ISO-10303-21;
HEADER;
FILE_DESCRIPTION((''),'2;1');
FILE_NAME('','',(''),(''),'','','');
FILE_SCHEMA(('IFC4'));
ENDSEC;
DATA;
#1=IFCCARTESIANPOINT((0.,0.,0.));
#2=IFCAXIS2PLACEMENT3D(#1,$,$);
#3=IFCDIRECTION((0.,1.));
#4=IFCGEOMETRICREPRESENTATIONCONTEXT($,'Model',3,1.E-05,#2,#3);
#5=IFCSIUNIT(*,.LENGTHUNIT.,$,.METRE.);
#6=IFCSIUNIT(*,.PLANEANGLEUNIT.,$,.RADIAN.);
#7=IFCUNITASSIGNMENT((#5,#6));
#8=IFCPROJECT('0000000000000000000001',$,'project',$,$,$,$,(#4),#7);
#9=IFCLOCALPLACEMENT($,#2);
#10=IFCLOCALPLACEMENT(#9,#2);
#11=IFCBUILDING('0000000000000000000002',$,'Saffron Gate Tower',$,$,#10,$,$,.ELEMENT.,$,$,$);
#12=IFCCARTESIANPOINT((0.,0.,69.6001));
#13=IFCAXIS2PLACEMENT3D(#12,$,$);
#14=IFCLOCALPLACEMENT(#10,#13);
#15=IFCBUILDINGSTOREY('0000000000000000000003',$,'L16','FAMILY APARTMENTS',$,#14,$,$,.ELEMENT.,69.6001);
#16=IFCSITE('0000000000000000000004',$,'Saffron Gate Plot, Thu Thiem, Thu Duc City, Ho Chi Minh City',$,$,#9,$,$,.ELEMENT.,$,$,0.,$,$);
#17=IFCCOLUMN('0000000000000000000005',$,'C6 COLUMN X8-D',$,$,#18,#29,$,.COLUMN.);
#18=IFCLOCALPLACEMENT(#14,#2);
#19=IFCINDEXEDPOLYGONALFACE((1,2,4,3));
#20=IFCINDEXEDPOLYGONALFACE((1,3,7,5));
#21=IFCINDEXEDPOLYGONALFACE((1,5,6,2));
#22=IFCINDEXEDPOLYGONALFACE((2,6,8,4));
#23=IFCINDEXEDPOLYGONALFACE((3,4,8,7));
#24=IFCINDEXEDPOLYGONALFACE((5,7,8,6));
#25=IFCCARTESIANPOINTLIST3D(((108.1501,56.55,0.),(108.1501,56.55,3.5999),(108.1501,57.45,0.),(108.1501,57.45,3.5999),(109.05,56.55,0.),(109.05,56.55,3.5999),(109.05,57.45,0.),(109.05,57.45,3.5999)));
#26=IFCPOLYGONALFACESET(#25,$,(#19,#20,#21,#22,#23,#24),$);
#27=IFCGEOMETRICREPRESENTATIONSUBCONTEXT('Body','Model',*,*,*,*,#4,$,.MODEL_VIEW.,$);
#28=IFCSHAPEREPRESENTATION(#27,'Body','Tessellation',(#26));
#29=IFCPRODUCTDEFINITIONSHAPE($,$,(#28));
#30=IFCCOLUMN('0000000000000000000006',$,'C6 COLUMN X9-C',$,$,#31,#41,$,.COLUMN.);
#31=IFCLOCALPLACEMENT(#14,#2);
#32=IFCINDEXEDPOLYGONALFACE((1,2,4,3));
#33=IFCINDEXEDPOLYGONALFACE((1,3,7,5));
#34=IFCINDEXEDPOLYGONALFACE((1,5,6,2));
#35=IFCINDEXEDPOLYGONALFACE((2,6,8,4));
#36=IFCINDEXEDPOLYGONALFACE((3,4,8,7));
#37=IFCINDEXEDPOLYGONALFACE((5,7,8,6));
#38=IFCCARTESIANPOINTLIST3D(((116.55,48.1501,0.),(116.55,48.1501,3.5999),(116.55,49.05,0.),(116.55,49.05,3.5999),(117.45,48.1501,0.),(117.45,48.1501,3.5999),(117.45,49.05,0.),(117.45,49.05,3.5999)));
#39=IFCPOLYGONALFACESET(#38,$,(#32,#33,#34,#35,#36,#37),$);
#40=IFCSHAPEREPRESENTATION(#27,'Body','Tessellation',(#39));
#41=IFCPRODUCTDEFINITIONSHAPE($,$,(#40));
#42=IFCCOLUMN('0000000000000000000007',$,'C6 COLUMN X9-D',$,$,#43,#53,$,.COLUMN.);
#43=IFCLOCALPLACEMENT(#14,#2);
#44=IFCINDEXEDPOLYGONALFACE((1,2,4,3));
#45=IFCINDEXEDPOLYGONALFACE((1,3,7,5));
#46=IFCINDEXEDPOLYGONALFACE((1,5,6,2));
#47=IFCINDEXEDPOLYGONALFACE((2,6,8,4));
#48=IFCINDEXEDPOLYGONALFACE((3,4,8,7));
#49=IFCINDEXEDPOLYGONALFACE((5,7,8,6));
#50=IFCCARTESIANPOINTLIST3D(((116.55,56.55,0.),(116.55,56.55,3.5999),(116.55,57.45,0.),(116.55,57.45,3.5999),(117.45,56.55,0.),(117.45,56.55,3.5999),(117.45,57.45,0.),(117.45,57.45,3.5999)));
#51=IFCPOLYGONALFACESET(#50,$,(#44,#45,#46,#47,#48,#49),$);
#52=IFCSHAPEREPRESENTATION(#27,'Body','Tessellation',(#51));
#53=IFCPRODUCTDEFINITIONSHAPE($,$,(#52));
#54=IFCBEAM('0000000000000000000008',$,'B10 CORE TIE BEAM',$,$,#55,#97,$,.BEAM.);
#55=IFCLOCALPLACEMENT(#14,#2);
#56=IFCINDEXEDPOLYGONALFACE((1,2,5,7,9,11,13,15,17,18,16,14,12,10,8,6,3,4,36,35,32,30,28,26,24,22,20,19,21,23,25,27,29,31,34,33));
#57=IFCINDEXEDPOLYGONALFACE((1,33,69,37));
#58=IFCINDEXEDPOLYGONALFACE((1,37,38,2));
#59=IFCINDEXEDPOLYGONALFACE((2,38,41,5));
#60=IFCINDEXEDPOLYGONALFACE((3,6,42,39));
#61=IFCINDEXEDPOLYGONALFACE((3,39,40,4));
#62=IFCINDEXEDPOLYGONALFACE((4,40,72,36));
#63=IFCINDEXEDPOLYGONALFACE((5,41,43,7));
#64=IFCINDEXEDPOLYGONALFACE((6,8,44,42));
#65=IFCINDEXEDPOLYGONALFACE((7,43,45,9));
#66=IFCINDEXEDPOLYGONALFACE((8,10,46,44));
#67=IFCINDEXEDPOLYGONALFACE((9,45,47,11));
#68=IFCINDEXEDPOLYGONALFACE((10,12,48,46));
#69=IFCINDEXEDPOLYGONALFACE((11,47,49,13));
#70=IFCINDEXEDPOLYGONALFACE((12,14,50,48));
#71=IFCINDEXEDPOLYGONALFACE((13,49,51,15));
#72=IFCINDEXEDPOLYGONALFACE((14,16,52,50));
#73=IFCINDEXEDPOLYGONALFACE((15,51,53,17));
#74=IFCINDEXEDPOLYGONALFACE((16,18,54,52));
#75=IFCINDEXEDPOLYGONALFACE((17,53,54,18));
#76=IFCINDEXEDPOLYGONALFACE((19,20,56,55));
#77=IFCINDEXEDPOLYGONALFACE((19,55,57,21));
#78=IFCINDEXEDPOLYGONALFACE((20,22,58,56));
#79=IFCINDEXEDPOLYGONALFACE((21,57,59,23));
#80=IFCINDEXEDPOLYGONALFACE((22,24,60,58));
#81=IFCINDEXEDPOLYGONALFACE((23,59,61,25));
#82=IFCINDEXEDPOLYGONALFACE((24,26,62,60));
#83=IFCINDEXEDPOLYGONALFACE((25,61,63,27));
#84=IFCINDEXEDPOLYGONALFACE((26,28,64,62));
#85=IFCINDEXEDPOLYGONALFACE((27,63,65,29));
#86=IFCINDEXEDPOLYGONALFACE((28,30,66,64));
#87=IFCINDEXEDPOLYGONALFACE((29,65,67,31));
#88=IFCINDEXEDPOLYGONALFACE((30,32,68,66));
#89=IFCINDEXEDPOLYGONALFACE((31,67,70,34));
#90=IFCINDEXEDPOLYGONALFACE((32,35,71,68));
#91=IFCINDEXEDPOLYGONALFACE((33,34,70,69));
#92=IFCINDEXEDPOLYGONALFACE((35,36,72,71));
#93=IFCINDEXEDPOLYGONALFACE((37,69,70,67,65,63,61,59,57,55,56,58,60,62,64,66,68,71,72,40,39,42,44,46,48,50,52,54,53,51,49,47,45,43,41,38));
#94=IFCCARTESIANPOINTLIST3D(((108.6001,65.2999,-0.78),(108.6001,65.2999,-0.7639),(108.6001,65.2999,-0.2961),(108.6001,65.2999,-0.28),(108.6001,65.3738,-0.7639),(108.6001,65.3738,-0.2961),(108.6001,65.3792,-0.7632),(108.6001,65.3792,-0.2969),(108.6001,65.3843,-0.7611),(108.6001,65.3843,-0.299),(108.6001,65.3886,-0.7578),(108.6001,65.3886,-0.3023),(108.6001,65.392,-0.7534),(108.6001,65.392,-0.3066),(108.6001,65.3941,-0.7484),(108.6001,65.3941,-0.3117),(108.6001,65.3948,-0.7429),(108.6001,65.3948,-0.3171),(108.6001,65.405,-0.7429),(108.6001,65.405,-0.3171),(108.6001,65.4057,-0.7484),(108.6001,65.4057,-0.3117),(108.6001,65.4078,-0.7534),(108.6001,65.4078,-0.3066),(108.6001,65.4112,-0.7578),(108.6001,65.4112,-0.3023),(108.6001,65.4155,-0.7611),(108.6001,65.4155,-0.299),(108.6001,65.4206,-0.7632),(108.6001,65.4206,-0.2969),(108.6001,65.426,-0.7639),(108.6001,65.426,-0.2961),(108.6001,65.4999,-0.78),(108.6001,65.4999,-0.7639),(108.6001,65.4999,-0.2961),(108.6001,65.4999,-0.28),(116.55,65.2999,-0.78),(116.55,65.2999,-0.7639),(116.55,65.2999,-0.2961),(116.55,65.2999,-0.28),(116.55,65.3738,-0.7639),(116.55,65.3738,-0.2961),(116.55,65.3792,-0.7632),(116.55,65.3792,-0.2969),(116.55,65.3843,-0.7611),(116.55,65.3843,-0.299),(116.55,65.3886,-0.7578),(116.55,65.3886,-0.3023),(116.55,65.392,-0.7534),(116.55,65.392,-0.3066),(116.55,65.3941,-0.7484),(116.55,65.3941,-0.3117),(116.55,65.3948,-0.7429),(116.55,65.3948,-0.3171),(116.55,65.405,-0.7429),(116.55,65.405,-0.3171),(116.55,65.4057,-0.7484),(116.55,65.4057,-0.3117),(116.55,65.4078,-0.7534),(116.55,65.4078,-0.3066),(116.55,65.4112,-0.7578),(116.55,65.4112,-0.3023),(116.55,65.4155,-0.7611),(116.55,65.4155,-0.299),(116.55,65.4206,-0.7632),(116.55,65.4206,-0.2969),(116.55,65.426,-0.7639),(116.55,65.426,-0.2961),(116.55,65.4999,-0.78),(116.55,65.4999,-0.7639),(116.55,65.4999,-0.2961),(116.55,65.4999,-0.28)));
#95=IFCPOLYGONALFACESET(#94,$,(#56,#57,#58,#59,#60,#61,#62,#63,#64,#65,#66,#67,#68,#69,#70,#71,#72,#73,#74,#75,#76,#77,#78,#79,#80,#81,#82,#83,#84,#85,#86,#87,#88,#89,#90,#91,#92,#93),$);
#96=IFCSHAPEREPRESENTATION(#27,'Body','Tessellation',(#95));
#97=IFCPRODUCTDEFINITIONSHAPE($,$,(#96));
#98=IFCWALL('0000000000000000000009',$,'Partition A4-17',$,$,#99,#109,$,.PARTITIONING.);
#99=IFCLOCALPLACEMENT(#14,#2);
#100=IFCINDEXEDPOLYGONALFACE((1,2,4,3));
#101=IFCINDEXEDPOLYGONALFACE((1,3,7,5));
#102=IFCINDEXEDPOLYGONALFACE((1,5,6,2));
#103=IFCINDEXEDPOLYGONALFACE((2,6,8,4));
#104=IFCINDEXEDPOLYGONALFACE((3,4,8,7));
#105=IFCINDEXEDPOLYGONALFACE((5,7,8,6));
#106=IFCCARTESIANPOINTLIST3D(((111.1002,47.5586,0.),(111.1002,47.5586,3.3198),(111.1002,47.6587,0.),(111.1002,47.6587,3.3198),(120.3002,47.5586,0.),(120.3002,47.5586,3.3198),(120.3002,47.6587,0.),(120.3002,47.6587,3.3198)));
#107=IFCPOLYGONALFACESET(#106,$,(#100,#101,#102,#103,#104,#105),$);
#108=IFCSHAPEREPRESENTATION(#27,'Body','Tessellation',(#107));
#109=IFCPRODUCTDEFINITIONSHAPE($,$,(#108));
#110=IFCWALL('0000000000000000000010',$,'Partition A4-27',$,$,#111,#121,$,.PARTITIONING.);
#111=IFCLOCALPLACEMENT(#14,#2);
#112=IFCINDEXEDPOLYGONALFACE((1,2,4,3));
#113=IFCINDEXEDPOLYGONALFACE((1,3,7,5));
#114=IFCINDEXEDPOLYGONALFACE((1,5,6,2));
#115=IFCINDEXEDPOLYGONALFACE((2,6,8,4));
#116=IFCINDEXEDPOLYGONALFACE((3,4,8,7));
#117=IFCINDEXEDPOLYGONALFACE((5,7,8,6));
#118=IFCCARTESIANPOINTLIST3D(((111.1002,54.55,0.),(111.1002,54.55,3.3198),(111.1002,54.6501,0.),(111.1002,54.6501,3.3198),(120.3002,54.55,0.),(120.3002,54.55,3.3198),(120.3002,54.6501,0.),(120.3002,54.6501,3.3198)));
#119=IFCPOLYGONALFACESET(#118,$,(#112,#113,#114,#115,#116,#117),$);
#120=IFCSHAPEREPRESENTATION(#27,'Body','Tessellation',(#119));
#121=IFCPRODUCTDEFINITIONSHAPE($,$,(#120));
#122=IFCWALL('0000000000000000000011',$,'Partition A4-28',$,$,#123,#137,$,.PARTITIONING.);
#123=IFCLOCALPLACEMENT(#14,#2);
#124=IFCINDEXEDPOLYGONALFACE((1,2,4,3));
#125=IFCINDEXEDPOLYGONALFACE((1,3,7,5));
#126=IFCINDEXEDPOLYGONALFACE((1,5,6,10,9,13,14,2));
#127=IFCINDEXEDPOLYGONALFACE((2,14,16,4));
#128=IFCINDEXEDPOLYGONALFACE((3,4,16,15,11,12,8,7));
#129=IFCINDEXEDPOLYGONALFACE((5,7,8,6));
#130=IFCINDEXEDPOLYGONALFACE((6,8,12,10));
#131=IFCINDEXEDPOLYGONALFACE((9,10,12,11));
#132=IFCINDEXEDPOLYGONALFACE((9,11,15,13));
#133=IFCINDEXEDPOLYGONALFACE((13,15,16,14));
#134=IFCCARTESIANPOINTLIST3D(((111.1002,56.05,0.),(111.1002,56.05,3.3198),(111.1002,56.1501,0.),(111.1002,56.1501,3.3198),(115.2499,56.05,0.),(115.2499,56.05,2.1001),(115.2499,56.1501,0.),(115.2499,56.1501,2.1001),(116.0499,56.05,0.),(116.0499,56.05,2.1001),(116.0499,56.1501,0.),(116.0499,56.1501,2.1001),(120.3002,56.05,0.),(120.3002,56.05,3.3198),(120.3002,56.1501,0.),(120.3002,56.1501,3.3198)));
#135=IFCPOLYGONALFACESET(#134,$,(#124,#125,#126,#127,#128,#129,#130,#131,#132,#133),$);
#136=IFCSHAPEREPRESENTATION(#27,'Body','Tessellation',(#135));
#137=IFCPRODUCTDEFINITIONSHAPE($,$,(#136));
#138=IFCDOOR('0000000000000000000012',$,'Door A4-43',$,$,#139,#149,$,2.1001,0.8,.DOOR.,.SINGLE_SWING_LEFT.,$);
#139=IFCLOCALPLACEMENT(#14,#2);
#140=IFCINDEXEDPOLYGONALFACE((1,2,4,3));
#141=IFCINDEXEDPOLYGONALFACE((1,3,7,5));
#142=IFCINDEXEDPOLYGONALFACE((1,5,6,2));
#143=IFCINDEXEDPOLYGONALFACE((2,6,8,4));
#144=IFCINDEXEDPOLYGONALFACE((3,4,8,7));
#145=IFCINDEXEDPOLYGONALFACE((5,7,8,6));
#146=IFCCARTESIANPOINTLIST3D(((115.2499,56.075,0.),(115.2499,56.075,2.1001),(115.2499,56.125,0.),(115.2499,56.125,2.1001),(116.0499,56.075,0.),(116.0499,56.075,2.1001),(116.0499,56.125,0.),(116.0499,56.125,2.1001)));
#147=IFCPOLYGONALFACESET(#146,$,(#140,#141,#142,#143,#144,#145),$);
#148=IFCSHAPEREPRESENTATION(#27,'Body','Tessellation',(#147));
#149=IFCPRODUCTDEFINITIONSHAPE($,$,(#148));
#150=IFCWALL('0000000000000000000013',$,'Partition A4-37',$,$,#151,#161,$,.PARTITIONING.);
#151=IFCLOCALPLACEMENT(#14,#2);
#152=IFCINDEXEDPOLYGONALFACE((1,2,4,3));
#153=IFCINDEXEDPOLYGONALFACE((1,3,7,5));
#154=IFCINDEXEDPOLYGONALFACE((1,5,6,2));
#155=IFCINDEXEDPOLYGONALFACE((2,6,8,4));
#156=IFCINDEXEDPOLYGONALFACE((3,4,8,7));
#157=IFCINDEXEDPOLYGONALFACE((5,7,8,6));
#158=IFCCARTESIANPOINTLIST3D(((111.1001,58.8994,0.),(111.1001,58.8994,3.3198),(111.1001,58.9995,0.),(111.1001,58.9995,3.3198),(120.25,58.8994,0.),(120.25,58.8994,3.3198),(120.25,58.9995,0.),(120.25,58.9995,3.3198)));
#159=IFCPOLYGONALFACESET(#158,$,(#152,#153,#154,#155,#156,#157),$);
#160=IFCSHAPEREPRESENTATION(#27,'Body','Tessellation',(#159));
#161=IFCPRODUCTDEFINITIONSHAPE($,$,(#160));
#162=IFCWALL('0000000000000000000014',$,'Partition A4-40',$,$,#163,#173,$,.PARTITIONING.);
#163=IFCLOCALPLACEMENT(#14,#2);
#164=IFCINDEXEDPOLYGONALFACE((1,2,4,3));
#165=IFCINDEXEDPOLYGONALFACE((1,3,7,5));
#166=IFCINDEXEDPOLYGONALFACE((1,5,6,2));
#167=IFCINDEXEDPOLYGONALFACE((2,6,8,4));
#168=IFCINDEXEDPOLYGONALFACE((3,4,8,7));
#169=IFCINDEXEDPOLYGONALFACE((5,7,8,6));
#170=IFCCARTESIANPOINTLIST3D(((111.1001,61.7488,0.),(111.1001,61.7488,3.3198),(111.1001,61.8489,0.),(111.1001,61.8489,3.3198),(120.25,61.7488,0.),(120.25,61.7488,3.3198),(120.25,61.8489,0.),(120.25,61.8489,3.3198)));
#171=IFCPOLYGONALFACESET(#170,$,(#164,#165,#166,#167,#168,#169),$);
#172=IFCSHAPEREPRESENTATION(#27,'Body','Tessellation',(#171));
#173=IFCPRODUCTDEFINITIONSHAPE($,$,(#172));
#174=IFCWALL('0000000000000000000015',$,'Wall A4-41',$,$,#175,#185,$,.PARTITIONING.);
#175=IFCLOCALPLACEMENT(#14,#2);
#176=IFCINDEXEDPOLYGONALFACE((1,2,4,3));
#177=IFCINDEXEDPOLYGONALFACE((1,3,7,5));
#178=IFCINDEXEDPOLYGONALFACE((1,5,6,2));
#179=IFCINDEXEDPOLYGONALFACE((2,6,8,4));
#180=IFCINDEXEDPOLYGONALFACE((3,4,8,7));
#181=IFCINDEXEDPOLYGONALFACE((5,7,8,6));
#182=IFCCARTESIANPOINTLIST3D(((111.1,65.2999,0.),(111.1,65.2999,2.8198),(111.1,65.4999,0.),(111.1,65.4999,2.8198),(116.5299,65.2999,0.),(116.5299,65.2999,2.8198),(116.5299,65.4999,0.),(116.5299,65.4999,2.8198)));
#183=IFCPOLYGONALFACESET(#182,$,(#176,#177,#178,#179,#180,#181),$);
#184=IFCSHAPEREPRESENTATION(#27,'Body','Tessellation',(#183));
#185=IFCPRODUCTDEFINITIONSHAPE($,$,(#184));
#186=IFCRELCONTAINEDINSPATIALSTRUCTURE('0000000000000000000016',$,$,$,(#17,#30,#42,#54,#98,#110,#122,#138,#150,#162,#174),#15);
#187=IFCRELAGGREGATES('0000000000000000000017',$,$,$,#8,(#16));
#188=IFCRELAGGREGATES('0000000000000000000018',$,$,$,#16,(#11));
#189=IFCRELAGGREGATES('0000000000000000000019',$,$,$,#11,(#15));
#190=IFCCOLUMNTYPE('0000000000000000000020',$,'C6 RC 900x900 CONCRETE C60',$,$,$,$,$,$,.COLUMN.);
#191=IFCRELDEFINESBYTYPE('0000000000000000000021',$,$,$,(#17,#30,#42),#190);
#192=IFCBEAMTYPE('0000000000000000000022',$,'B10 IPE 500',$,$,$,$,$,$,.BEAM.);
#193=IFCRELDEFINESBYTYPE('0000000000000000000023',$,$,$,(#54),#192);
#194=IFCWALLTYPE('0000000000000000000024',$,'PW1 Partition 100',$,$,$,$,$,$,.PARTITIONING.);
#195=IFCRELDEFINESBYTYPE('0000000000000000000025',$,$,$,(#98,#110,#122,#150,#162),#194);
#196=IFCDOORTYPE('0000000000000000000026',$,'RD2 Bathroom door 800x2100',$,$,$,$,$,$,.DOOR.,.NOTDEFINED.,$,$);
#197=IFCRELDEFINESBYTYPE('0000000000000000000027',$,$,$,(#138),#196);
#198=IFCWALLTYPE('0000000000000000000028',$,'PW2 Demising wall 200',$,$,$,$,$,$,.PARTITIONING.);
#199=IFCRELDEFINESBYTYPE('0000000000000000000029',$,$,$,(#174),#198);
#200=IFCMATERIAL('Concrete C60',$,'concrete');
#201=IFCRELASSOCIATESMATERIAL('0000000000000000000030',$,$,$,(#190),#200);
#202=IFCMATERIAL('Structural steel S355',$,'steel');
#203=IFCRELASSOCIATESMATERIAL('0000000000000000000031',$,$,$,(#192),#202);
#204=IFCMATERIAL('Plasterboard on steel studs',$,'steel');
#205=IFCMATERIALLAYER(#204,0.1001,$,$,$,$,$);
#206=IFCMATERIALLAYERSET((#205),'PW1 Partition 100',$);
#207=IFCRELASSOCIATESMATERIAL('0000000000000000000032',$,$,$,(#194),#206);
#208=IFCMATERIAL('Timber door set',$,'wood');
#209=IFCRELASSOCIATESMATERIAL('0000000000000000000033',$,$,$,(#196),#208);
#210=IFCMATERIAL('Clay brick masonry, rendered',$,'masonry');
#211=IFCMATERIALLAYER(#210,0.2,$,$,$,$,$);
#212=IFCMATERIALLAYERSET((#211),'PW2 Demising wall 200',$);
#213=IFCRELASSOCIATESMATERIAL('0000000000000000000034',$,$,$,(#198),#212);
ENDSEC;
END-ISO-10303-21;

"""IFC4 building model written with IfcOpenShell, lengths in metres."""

from ifc_helpers import new_model, si_unit, direction, frame, frame_2d, origin, origin_2d, place, context, subcontext, project, spatial, rectangle, i_section, extrude, material, layer, layer_set, material_profile, profile_set, type_object, element, fill, save


model = new_model("IFC4")

# Units and contexts
model_context = context("Model", 3, precision=1e-05, world=origin(), true_north=direction((0.0, 1.0)))
body_context = subcontext(model_context, "Body", "Model", "MODEL_VIEW")
ifc_project = project(units=[si_unit("LENGTHUNIT", "METRE"), si_unit("PLANEANGLEUNIT", "RADIAN")], contexts=[model_context])

# Site, building, storey
site_placement = place(None, origin())
site = spatial("IfcSite", under=ifc_project, at=site_placement, Name="Saffron Gate Plot, Thu Thiem, Thu Duc City, Ho Chi Minh City", CompositionType="ELEMENT", RefElevation=0.0)
building_placement = place(site_placement, origin())
building = spatial("IfcBuilding", under=site, at=building_placement, Name="Saffron Gate Tower", CompositionType="ELEMENT")
storey_placement = place(building_placement, frame((0.0, 0.0, 69.6001)))
storey = spatial("IfcBuildingStorey", under=building, at=storey_placement, Name="L16", Description="FAMILY APARTMENTS", CompositionType="ELEMENT", Elevation=69.6001)

# Columns
ifc_material_1 = material(Name="Concrete C60", Category="concrete")
ifc_material_profile_1 = material_profile(ifc_material_1, rectangle(XDim=0.8999, YDim=0.8999, at=origin_2d()))
ifc_profile_set_1 = profile_set([ifc_material_profile_1], Name="Concrete C60")
column_type = type_object("IfcColumnType", Name="C6 RC 900x900 CONCRETE C60", PredefinedType="COLUMN", material=ifc_profile_set_1)
for number, where, z_axis, x_axis, name in (
    (1, (108.6001, 57.0, 0.0), (0.0, 0.0, 1.0), (1.0, 0.0, 0.0), "C6 COLUMN X8-D"),
    (2, (117.0, 48.6001, 0.0), (0.0, 0.0, 1.0), (1.0, 0.0, 0.0), "C6 COLUMN X9-C"),
    (3, (117.0, 57.0, 0.0), (0.0, 0.0, 1.0), (1.0, 0.0, 0.0), "C6 COLUMN X9-D"),
):
    element("IfcColumn", number, at=place(storey_placement, frame(where, z_axis=z_axis, x_axis=x_axis)), inside=storey, type_object=column_type, Name=name, PredefinedType="COLUMN", context=body_context, shape_type="SweptSolid", body=[
        extrude(rectangle(XDim=0.8999, YDim=0.8999, at=origin_2d()), origin(), (0.0, 0.0, 1.0), 3.5999),
    ])

# Beam
ifc_material_2 = material(Name="Structural steel S355", Category="steel")
ifc_material_profile_2 = material_profile(ifc_material_2, i_section(OverallWidth=0.2, OverallDepth=0.5, WebThickness=0.0103, FlangeThickness=0.0161, FilletRadius=0.021, at=origin_2d()))
ifc_profile_set_2 = profile_set([ifc_material_profile_2], Name="Structural steel S355")
beam_type = type_object("IfcBeamType", Name="B10 IPE 500", PredefinedType="BEAM", material=ifc_profile_set_2)
beam_placement = place(storey_placement, frame((116.55, 65.3999, -0.53), z_axis=(-1.0, 0.0, 0.0), x_axis=(0.0, -1.0, 0.0)))
element("IfcBeam", 4, at=beam_placement, inside=storey, type_object=beam_type, Name="B10 CORE TIE BEAM", PredefinedType="BEAM", context=body_context, shape_type="SweptSolid", body=[
    extrude(i_section(OverallWidth=0.2, OverallDepth=0.5, WebThickness=0.0103, FlangeThickness=0.0161, FilletRadius=0.021, at=origin_2d()), origin(), (0.0, 0.0, 1.0), 7.95),
])

# Walls
ifc_material_3 = material(Name="Plasterboard on steel studs", Category="steel")
ifc_layer_1 = layer(ifc_material_3, 0.1001)
ifc_layer_set_1 = layer_set([ifc_layer_1], Name="PW1 Partition 100")
wall_type_1 = type_object("IfcWallType", Name="PW1 Partition 100", PredefinedType="PARTITIONING", material=ifc_layer_set_1)
for number, where, z_axis, x_axis, name in (
    (5, (111.1001, 47.6086, 0.0), (0.0, 0.0, 1.0), (1.0, 0.0, 0.0), "Partition A4-17"),
    (6, (111.1001, 54.6001, 0.0), (0.0, 0.0, 1.0), (1.0, 0.0, 0.0), "Partition A4-27"),
):
    element("IfcWall", number, at=place(storey_placement, frame(where, z_axis=z_axis, x_axis=x_axis)), inside=storey, type_object=wall_type_1, Name=name, PredefinedType="PARTITIONING", context=body_context, shape_type="SweptSolid", body=[
        extrude(rectangle(XDim=9.2, YDim=0.1001, at=frame_2d((4.6001, 0.0))), origin(), (0.0, 0.0, 1.0), 3.3198),
    ])

# Wall, opening, door
wall_1_placement = place(storey_placement, frame((111.1001, 56.1001, 0.0), z_axis=(0.0, 0.0, 1.0), x_axis=(1.0, 0.0, 0.0)))
wall_1 = element("IfcWall", 7, at=wall_1_placement, inside=storey, type_object=wall_type_1, Name="Partition A4-28", PredefinedType="PARTITIONING", context=body_context, shape_type="SweptSolid", body=[
    extrude(rectangle(XDim=9.2, YDim=0.1001, at=frame_2d((4.6001, 0.0))), origin(), (0.0, 0.0, 1.0), 3.3198),
])
opening_1_placement = place(wall_1_placement, frame((4.1499, 0.0, 0.0)))
opening_1 = element("IfcOpeningElement", 8, at=opening_1_placement, cuts=wall_1, PredefinedType="OPENING", context=body_context, shape_type="SweptSolid", body=[
    extrude(rectangle(XDim=0.8, YDim=2.1001, at=frame_2d((0.3999, 1.05))), frame((0.0, 0.0601, 0.0), z_axis=(0.0, -1.0, 0.0), x_axis=(1.0, 0.0, 0.0)), (0.0, 0.0, 1.0), 0.1201),
])
ifc_material_4 = material(Name="Timber door set", Category="wood")
door_type_1 = type_object("IfcDoorType", Name="RD2 Bathroom door 800x2100", OperationType="NOTDEFINED", PredefinedType="DOOR", material=ifc_material_4)
door_1_placement = place(opening_1_placement, origin())
door_1 = element("IfcDoor", 9, at=door_1_placement, inside=storey, type_object=door_type_1, Name="Door A4-43", OperationType="SINGLE_SWING_LEFT", OverallHeight=2.1001, OverallWidth=0.8, PredefinedType="DOOR", context=body_context, shape_type="SweptSolid", body=[
    extrude(rectangle(XDim=0.8, YDim=2.1001, at=frame_2d((0.3999, 1.05))), frame((0.0, 0.0249, 0.0), z_axis=(0.0, -1.0, 0.0), x_axis=(1.0, 0.0, 0.0)), (0.0, 0.0, 1.0), 0.05),
])
fill(opening_1, door_1)

# Walls
for number, where, z_axis, x_axis, name in (
    (10, (111.1001, 58.9495, 0.0), (0.0, 0.0, 1.0), (1.0, 0.0, 0.0), "Partition A4-37"),
    (11, (111.1001, 61.7988, 0.0), (0.0, 0.0, 1.0), (1.0, 0.0, 0.0), "Partition A4-40"),
):
    element("IfcWall", number, at=place(storey_placement, frame(where, z_axis=z_axis, x_axis=x_axis)), inside=storey, type_object=wall_type_1, Name=name, PredefinedType="PARTITIONING", context=body_context, shape_type="SweptSolid", body=[
        extrude(rectangle(XDim=9.1499, YDim=0.1001, at=frame_2d((4.575, 0.0))), origin(), (0.0, 0.0, 1.0), 3.3198),
    ])
ifc_material_5 = material(Name="Clay brick masonry, rendered", Category="masonry")
ifc_layer_2 = layer(ifc_material_5, 0.2)
ifc_layer_set_2 = layer_set([ifc_layer_2], Name="PW2 Demising wall 200")
wall_type_2 = type_object("IfcWallType", Name="PW2 Demising wall 200", PredefinedType="PARTITIONING", material=ifc_layer_set_2)
wall_2_placement = place(storey_placement, frame((111.1001, 65.3999, 0.0), z_axis=(0.0, 0.0, 1.0), x_axis=(1.0, 0.0, 0.0)))
element("IfcWall", 12, at=wall_2_placement, inside=storey, type_object=wall_type_2, Name="Wall A4-41", PredefinedType="PARTITIONING", context=body_context, shape_type="SweptSolid", body=[
    extrude(rectangle(XDim=5.4299, YDim=0.2, at=frame_2d((2.7148, 0.0))), origin(), (0.0, 0.0, 1.0), 2.8198),
])

save(model, "model.ifc")
